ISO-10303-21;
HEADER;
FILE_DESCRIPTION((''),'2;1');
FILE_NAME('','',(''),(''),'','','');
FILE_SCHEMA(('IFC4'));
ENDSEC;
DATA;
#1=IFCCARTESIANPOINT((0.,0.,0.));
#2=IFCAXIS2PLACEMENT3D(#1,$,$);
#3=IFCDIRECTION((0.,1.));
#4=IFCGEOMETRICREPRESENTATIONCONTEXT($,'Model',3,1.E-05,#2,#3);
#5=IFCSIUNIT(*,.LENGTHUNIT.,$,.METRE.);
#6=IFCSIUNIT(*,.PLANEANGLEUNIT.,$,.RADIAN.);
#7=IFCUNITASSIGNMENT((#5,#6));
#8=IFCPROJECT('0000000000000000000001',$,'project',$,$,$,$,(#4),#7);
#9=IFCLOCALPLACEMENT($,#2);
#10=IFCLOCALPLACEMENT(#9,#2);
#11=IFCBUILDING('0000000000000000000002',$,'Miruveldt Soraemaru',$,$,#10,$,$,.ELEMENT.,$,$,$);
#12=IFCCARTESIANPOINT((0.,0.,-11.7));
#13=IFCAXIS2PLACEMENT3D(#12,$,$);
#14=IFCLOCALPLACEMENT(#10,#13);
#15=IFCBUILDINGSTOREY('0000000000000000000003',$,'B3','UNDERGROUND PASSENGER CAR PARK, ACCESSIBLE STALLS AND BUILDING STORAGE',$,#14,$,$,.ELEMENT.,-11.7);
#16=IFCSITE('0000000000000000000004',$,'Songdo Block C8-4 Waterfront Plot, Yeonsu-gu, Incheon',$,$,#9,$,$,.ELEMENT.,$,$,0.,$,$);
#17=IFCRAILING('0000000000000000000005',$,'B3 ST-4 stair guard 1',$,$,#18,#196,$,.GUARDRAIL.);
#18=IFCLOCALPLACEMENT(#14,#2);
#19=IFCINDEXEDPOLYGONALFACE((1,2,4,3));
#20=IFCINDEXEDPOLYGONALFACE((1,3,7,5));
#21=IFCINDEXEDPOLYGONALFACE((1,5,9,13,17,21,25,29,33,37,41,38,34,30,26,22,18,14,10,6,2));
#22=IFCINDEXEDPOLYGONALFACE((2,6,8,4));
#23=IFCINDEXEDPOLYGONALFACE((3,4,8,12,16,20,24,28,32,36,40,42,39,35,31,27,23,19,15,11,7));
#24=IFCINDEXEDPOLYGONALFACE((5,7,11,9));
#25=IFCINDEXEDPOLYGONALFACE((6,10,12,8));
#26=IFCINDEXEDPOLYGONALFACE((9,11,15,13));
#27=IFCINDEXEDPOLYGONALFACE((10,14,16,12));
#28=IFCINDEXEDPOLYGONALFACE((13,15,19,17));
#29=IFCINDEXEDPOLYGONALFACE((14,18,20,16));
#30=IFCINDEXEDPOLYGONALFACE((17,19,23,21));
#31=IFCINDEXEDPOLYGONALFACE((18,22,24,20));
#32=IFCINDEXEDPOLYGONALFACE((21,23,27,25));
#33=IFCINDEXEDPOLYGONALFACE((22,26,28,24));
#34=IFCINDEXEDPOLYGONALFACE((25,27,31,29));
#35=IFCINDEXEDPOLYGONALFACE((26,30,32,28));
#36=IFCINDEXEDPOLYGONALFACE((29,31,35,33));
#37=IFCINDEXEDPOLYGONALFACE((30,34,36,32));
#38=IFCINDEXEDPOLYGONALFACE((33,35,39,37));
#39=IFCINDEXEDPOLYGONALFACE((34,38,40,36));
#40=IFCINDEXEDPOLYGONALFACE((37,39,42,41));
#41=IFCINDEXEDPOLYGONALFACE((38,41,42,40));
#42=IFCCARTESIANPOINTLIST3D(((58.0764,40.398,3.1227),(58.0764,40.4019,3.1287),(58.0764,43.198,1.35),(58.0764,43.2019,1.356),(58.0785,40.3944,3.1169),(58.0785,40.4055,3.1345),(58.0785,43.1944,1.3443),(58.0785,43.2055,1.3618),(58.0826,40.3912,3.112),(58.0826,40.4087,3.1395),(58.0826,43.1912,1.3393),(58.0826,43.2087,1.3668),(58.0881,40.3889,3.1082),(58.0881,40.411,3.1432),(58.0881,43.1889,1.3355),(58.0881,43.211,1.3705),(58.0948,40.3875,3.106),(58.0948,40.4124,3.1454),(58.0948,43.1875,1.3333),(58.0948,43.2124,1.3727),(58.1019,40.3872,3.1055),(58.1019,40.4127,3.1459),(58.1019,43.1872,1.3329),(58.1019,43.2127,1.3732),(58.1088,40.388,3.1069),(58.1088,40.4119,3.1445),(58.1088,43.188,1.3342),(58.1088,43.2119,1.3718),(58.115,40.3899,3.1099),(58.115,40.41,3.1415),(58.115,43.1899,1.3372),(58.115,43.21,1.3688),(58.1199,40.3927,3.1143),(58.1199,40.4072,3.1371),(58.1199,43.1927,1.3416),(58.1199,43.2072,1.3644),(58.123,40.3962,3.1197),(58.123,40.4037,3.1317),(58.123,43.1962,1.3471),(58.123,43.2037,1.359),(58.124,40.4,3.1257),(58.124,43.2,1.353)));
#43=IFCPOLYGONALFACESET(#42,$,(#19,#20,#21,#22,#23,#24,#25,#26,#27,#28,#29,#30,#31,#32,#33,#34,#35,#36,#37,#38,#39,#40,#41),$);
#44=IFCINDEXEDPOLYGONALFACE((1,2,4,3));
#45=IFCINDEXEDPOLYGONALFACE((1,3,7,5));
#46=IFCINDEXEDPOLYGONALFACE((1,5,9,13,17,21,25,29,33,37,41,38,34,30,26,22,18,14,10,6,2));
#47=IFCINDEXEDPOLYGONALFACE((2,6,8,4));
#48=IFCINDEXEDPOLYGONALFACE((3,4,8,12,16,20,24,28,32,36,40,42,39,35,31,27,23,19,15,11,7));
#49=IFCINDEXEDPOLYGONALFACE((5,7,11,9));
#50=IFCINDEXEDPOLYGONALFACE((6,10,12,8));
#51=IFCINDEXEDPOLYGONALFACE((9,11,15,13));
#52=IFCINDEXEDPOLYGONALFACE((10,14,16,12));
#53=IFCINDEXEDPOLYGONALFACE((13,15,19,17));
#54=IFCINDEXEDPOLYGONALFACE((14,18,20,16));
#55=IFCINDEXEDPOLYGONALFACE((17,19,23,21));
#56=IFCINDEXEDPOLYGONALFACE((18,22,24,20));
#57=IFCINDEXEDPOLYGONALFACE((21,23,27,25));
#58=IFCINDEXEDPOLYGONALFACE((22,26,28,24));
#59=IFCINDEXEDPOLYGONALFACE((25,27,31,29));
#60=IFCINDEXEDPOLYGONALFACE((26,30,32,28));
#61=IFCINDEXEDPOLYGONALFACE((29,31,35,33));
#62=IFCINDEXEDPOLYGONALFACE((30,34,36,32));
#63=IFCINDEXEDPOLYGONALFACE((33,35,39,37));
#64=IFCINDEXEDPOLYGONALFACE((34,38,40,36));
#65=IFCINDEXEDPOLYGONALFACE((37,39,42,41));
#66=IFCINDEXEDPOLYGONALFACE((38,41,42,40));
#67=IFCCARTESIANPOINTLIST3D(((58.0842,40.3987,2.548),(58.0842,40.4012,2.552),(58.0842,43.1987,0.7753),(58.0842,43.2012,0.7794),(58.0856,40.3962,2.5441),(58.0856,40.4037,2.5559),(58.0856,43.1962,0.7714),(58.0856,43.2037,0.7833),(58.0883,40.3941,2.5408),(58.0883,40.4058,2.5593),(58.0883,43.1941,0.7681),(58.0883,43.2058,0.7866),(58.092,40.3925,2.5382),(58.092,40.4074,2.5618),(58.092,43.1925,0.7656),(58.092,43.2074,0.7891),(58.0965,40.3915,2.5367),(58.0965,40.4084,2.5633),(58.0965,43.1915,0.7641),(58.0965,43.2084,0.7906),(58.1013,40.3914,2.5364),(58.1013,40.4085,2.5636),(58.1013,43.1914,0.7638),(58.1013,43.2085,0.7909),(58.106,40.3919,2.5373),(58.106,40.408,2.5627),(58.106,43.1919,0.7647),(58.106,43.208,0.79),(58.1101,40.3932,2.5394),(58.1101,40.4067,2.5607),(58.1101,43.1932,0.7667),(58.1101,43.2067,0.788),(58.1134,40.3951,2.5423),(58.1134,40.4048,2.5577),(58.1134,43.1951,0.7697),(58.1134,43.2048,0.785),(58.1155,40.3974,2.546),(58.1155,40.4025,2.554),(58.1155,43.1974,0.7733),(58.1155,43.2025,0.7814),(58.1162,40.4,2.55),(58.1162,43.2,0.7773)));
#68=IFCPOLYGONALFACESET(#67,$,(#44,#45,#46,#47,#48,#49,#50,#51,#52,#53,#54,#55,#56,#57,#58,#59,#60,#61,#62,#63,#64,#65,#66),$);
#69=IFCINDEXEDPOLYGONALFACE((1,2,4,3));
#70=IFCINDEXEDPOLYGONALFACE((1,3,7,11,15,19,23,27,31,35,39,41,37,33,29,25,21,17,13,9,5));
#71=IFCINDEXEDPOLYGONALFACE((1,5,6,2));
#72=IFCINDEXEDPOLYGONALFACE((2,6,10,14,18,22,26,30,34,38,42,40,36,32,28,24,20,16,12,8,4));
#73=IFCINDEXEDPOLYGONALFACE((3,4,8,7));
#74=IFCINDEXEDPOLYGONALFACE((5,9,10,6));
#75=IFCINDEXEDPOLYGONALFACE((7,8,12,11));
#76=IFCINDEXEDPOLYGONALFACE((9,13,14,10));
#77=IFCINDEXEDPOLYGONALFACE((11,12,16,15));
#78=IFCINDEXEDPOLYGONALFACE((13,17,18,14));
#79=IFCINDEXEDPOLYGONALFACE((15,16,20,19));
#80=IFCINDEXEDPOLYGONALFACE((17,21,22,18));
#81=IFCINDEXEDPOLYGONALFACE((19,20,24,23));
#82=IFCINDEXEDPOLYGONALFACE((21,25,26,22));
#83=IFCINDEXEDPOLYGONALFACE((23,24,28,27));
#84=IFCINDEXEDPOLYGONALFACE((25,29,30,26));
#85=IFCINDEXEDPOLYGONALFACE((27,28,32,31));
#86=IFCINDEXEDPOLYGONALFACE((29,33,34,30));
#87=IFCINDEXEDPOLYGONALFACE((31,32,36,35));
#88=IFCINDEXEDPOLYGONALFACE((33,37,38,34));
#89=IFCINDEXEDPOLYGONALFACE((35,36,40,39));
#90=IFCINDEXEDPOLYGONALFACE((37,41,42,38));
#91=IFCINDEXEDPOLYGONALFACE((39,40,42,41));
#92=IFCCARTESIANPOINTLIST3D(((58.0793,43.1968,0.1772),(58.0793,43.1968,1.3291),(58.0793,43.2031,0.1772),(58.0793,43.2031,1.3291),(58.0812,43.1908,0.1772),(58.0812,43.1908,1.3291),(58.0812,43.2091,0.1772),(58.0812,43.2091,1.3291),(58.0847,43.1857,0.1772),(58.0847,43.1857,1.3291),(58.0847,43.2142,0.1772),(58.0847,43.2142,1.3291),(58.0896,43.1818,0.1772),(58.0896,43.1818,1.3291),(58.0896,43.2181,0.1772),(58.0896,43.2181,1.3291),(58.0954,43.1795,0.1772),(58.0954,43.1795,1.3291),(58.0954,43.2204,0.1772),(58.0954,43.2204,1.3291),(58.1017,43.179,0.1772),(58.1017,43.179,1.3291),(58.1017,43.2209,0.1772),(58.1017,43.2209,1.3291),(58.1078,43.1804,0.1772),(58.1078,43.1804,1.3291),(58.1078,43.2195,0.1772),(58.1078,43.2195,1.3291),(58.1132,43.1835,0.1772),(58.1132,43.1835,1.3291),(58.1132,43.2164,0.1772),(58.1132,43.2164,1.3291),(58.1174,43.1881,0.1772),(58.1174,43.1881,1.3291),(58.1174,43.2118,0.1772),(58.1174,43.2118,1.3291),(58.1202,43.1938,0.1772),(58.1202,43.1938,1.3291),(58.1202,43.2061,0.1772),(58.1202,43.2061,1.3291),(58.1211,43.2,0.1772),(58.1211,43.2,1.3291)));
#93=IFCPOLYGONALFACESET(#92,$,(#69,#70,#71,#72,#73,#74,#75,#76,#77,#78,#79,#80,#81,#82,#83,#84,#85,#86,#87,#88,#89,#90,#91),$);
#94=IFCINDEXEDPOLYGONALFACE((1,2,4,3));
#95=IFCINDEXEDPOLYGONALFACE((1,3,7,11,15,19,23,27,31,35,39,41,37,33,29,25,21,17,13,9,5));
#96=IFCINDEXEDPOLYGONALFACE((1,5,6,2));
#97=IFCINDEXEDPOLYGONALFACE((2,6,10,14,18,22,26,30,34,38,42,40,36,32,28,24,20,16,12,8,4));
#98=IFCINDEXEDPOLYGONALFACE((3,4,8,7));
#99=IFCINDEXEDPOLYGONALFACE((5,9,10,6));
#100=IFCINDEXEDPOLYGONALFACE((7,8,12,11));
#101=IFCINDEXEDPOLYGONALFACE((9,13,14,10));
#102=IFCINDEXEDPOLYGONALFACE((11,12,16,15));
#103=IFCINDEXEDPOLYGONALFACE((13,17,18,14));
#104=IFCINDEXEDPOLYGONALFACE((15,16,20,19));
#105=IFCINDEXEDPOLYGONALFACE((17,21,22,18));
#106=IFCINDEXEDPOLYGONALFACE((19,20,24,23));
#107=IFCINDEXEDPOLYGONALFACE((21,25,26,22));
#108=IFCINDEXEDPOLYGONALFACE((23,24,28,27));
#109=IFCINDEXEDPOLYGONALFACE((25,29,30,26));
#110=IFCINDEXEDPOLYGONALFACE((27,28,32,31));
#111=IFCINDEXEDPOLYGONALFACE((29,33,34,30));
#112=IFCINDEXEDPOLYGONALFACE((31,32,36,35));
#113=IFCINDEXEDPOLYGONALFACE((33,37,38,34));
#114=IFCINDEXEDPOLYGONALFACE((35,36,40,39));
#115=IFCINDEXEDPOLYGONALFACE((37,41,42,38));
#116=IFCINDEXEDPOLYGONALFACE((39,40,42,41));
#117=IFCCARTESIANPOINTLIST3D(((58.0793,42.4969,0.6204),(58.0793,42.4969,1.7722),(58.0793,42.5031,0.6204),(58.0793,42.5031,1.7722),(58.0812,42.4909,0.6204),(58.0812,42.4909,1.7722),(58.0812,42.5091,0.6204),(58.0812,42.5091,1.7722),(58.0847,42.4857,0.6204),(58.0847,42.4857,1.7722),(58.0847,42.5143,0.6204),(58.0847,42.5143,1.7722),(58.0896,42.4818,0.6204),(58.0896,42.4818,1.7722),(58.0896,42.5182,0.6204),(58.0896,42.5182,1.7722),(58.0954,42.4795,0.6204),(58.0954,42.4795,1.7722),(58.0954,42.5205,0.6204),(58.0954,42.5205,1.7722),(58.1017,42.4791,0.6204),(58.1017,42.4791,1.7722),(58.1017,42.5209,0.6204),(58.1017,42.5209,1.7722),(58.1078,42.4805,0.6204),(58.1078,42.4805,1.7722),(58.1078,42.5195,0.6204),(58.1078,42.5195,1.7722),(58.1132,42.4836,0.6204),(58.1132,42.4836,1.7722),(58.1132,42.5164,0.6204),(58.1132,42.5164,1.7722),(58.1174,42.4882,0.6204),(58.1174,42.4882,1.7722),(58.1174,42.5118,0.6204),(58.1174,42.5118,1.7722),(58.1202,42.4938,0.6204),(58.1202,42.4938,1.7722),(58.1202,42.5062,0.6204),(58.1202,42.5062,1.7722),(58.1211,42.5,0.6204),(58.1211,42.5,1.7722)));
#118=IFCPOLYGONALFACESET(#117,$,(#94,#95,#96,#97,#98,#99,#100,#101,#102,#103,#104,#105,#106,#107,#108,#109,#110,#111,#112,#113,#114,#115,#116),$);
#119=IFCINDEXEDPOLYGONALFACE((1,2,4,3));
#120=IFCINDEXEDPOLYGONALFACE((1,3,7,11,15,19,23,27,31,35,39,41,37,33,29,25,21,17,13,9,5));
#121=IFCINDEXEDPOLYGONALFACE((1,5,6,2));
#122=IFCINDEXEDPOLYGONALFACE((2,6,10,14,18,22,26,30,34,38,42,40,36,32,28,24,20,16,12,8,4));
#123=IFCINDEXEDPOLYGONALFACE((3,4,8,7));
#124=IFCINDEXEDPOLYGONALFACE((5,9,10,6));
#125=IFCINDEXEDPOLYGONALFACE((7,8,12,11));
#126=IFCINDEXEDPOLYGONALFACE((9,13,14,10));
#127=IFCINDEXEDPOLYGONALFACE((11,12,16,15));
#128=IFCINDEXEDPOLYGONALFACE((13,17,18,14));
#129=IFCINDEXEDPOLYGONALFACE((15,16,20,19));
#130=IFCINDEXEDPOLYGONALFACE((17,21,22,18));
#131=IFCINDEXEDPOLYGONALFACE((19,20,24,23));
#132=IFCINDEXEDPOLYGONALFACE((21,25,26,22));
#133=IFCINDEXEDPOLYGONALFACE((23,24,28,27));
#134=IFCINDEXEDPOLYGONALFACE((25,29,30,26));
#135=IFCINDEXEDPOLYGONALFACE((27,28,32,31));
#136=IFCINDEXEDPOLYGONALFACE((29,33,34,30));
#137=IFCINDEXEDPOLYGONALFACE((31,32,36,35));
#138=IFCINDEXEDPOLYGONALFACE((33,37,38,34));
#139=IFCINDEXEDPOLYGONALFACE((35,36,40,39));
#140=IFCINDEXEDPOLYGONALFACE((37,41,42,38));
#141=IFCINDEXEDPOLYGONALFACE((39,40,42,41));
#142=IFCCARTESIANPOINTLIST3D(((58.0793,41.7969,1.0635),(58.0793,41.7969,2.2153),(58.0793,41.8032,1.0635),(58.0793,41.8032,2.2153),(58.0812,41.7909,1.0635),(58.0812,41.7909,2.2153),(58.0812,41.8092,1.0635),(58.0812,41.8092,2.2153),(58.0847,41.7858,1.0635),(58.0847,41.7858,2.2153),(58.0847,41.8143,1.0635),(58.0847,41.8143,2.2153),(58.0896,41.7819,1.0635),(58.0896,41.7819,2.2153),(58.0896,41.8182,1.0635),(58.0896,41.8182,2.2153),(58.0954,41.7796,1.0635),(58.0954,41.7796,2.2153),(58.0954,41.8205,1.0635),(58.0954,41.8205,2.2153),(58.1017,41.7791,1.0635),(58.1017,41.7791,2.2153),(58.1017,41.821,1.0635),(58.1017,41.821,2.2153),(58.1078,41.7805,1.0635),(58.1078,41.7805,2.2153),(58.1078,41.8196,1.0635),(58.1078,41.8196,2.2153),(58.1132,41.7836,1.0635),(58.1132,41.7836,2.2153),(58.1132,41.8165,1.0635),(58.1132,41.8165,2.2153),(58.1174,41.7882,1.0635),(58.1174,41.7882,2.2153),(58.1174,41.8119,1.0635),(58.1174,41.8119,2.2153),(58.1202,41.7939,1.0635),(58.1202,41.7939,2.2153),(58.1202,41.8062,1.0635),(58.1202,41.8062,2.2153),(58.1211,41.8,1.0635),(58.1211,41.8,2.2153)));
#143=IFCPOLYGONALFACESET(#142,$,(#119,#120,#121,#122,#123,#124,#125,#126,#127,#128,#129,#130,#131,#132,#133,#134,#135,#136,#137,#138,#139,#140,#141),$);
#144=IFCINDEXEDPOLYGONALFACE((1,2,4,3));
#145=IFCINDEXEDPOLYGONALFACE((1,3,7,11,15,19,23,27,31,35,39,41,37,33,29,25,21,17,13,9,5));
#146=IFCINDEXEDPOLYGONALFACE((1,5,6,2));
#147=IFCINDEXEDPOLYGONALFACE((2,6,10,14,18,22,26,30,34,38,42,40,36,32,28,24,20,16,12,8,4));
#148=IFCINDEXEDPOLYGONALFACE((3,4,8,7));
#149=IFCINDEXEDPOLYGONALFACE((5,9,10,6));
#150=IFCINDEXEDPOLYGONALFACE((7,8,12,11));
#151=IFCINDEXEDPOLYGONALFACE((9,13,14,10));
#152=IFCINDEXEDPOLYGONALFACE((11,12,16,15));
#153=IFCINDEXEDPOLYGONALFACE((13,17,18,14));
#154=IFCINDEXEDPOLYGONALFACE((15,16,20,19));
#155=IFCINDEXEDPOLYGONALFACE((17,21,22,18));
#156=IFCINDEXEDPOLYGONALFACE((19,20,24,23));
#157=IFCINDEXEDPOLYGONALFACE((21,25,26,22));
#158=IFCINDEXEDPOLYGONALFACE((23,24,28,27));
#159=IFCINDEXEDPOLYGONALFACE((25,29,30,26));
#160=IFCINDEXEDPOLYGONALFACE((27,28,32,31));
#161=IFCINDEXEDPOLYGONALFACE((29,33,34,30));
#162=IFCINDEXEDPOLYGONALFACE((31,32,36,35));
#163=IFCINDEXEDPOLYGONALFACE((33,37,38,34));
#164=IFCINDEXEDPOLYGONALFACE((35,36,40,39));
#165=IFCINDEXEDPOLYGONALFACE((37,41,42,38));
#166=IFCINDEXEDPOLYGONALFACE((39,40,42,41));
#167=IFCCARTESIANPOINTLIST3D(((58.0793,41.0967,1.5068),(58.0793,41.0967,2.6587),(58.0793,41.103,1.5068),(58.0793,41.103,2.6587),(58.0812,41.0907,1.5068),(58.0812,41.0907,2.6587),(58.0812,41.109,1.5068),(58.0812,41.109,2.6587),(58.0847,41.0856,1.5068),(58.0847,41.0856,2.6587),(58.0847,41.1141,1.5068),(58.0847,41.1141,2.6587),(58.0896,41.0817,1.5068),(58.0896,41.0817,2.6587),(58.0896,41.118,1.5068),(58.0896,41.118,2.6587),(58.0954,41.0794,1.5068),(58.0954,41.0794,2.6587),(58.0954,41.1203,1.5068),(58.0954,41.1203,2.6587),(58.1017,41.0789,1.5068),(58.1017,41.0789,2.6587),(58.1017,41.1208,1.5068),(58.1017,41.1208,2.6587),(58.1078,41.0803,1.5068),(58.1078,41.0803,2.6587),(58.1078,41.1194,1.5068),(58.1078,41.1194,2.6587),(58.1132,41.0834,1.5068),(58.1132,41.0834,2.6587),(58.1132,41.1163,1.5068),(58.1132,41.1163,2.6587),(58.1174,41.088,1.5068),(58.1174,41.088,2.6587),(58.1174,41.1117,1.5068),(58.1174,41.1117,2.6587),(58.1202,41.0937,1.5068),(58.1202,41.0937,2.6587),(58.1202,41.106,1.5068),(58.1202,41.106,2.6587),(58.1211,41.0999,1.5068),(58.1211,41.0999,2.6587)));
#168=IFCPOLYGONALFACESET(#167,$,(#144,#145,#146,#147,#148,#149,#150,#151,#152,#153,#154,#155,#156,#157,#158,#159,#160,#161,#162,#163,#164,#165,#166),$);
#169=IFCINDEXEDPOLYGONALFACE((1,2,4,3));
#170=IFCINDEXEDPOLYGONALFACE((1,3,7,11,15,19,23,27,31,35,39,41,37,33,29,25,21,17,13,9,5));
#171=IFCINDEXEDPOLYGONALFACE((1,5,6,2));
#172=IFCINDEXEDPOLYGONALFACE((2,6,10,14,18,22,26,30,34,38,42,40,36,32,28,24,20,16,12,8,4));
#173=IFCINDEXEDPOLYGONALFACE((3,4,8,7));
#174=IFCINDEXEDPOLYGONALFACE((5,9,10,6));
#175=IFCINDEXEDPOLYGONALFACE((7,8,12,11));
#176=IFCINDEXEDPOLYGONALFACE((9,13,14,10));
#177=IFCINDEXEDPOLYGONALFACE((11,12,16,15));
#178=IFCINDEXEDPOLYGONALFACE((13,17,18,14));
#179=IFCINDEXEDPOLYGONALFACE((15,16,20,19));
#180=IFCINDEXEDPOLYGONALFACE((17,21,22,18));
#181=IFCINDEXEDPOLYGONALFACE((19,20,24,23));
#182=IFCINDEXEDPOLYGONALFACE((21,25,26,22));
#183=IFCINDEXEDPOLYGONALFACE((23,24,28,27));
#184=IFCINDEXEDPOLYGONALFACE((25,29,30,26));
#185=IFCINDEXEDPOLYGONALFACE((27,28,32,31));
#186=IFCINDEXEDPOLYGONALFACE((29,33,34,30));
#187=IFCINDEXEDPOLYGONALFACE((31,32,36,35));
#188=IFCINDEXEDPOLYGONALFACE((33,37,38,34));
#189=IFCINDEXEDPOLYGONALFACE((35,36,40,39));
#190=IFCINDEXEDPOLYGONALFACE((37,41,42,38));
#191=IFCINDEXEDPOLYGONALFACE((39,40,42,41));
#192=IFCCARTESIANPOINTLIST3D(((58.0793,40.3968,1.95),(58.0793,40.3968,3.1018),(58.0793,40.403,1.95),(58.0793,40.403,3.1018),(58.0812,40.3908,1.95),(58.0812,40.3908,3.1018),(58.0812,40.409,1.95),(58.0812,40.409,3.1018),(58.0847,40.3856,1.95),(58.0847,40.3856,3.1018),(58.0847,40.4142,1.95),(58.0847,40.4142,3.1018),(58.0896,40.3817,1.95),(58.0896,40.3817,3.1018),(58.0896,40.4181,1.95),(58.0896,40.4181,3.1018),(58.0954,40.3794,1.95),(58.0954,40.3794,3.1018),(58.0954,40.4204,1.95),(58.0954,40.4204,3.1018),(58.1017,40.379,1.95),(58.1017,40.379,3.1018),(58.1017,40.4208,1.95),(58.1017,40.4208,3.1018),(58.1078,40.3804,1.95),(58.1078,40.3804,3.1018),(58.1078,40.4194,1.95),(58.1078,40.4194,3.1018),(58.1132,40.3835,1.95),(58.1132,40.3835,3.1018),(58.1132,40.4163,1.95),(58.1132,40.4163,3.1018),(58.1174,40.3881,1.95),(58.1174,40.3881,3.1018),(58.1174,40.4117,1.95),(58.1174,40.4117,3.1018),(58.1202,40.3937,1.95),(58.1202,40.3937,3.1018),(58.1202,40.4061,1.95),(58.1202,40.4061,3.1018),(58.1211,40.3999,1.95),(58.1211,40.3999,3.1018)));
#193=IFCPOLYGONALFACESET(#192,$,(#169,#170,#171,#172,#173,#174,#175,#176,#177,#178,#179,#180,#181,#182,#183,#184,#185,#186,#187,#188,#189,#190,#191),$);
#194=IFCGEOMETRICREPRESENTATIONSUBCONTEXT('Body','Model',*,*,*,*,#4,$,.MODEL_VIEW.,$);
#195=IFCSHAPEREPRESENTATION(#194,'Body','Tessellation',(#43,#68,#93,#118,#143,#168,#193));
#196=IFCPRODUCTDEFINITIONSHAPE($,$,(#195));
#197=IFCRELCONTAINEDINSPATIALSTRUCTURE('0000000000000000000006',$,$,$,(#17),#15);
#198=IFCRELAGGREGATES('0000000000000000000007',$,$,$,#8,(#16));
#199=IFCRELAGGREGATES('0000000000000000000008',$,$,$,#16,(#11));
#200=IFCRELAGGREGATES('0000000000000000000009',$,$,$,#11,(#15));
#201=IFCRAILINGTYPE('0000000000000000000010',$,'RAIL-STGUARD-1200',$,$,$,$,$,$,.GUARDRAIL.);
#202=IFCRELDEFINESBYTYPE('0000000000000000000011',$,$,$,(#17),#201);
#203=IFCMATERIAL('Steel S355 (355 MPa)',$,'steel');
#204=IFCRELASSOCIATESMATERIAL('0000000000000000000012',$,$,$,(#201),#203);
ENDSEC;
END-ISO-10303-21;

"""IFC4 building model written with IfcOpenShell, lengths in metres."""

from ifc_helpers import new_model, si_unit, direction, frame, origin, origin_2d, place, context, subcontext, project, spatial, circle, extrude, material, type_object, element, save


model = new_model("IFC4")

# Units and contexts
model_context = context("Model", 3, precision=1e-05, world=origin(), true_north=direction((0.0, 1.0)))
body_context = subcontext(model_context, "Body", "Model", "MODEL_VIEW")
ifc_project = project(units=[si_unit("LENGTHUNIT", "METRE"), si_unit("PLANEANGLEUNIT", "RADIAN")], contexts=[model_context])

# Site, building, storey
site_placement = place(None, origin())
site = spatial("IfcSite", under=ifc_project, at=site_placement, Name="Songdo Block C8-4 Waterfront Plot, Yeonsu-gu, Incheon", CompositionType="ELEMENT", RefElevation=0.0)
building_placement = place(site_placement, origin())
building = spatial("IfcBuilding", under=site, at=building_placement, Name="Miruveldt Soraemaru", CompositionType="ELEMENT")
storey_placement = place(building_placement, frame((0.0, 0.0, -11.7)))
storey = spatial("IfcBuildingStorey", under=building, at=storey_placement, Name="B3", Description="UNDERGROUND PASSENGER CAR PARK, ACCESSIBLE STALLS AND BUILDING STORAGE", CompositionType="ELEMENT", Elevation=-11.7)

# Shared definitions
ifc_material_1 = material(Name="Steel S355 (355 MPa)", Category="steel")

# Railing
railing_type_1 = type_object("IfcRailingType", Name="RAIL-STGUARD-1200", PredefinedType="GUARDRAIL", material=ifc_material_1)
railing_1_placement = place(storey_placement, frame((58.1001, 43.2, 0.1772)))
element("IfcRailing", 1, at=railing_1_placement, inside=storey, type_object=railing_type_1, Name="B3 ST-4 stair guard 1", PredefinedType="GUARDRAIL", context=body_context, shape_type="SweptSolid", body=[
    extrude(circle(Radius=0.0239, at=origin_2d()), frame((0.0, 0.0, 1.1758), z_axis=(0.0, -0.844909, 0.53491), x_axis=(1.0, 0.0, 0.0)), (0.0, 0.0, 1.0), 3.314),
    extrude(circle(Radius=0.0161, at=origin_2d()), frame((0.0, 0.0, 0.6001), z_axis=(0.0, -0.844909, 0.53491), x_axis=(1.0, 0.0, 0.0)), (0.0, 0.0, 1.0), 3.314),
    extrude(circle(Radius=0.021, at=origin_2d()), origin(), (0.0, 0.0, 1.0), 1.1519),
    extrude(circle(Radius=0.021, at=origin_2d()), frame((0.0, -0.7, 0.4431)), (0.0, 0.0, 1.0), 1.1519),
    extrude(circle(Radius=0.021, at=origin_2d()), frame((0.0, -1.3999, 0.8862)), (0.0, 0.0, 1.0), 1.1519),
    extrude(circle(Radius=0.021, at=origin_2d()), frame((0.0, -2.1001, 1.3296)), (0.0, 0.0, 1.0), 1.1519),
    extrude(circle(Radius=0.021, at=origin_2d()), frame((0.0, -2.8, 1.7727)), (0.0, 0.0, 1.0), 1.1519),
])

save(model, "model.ifc")
